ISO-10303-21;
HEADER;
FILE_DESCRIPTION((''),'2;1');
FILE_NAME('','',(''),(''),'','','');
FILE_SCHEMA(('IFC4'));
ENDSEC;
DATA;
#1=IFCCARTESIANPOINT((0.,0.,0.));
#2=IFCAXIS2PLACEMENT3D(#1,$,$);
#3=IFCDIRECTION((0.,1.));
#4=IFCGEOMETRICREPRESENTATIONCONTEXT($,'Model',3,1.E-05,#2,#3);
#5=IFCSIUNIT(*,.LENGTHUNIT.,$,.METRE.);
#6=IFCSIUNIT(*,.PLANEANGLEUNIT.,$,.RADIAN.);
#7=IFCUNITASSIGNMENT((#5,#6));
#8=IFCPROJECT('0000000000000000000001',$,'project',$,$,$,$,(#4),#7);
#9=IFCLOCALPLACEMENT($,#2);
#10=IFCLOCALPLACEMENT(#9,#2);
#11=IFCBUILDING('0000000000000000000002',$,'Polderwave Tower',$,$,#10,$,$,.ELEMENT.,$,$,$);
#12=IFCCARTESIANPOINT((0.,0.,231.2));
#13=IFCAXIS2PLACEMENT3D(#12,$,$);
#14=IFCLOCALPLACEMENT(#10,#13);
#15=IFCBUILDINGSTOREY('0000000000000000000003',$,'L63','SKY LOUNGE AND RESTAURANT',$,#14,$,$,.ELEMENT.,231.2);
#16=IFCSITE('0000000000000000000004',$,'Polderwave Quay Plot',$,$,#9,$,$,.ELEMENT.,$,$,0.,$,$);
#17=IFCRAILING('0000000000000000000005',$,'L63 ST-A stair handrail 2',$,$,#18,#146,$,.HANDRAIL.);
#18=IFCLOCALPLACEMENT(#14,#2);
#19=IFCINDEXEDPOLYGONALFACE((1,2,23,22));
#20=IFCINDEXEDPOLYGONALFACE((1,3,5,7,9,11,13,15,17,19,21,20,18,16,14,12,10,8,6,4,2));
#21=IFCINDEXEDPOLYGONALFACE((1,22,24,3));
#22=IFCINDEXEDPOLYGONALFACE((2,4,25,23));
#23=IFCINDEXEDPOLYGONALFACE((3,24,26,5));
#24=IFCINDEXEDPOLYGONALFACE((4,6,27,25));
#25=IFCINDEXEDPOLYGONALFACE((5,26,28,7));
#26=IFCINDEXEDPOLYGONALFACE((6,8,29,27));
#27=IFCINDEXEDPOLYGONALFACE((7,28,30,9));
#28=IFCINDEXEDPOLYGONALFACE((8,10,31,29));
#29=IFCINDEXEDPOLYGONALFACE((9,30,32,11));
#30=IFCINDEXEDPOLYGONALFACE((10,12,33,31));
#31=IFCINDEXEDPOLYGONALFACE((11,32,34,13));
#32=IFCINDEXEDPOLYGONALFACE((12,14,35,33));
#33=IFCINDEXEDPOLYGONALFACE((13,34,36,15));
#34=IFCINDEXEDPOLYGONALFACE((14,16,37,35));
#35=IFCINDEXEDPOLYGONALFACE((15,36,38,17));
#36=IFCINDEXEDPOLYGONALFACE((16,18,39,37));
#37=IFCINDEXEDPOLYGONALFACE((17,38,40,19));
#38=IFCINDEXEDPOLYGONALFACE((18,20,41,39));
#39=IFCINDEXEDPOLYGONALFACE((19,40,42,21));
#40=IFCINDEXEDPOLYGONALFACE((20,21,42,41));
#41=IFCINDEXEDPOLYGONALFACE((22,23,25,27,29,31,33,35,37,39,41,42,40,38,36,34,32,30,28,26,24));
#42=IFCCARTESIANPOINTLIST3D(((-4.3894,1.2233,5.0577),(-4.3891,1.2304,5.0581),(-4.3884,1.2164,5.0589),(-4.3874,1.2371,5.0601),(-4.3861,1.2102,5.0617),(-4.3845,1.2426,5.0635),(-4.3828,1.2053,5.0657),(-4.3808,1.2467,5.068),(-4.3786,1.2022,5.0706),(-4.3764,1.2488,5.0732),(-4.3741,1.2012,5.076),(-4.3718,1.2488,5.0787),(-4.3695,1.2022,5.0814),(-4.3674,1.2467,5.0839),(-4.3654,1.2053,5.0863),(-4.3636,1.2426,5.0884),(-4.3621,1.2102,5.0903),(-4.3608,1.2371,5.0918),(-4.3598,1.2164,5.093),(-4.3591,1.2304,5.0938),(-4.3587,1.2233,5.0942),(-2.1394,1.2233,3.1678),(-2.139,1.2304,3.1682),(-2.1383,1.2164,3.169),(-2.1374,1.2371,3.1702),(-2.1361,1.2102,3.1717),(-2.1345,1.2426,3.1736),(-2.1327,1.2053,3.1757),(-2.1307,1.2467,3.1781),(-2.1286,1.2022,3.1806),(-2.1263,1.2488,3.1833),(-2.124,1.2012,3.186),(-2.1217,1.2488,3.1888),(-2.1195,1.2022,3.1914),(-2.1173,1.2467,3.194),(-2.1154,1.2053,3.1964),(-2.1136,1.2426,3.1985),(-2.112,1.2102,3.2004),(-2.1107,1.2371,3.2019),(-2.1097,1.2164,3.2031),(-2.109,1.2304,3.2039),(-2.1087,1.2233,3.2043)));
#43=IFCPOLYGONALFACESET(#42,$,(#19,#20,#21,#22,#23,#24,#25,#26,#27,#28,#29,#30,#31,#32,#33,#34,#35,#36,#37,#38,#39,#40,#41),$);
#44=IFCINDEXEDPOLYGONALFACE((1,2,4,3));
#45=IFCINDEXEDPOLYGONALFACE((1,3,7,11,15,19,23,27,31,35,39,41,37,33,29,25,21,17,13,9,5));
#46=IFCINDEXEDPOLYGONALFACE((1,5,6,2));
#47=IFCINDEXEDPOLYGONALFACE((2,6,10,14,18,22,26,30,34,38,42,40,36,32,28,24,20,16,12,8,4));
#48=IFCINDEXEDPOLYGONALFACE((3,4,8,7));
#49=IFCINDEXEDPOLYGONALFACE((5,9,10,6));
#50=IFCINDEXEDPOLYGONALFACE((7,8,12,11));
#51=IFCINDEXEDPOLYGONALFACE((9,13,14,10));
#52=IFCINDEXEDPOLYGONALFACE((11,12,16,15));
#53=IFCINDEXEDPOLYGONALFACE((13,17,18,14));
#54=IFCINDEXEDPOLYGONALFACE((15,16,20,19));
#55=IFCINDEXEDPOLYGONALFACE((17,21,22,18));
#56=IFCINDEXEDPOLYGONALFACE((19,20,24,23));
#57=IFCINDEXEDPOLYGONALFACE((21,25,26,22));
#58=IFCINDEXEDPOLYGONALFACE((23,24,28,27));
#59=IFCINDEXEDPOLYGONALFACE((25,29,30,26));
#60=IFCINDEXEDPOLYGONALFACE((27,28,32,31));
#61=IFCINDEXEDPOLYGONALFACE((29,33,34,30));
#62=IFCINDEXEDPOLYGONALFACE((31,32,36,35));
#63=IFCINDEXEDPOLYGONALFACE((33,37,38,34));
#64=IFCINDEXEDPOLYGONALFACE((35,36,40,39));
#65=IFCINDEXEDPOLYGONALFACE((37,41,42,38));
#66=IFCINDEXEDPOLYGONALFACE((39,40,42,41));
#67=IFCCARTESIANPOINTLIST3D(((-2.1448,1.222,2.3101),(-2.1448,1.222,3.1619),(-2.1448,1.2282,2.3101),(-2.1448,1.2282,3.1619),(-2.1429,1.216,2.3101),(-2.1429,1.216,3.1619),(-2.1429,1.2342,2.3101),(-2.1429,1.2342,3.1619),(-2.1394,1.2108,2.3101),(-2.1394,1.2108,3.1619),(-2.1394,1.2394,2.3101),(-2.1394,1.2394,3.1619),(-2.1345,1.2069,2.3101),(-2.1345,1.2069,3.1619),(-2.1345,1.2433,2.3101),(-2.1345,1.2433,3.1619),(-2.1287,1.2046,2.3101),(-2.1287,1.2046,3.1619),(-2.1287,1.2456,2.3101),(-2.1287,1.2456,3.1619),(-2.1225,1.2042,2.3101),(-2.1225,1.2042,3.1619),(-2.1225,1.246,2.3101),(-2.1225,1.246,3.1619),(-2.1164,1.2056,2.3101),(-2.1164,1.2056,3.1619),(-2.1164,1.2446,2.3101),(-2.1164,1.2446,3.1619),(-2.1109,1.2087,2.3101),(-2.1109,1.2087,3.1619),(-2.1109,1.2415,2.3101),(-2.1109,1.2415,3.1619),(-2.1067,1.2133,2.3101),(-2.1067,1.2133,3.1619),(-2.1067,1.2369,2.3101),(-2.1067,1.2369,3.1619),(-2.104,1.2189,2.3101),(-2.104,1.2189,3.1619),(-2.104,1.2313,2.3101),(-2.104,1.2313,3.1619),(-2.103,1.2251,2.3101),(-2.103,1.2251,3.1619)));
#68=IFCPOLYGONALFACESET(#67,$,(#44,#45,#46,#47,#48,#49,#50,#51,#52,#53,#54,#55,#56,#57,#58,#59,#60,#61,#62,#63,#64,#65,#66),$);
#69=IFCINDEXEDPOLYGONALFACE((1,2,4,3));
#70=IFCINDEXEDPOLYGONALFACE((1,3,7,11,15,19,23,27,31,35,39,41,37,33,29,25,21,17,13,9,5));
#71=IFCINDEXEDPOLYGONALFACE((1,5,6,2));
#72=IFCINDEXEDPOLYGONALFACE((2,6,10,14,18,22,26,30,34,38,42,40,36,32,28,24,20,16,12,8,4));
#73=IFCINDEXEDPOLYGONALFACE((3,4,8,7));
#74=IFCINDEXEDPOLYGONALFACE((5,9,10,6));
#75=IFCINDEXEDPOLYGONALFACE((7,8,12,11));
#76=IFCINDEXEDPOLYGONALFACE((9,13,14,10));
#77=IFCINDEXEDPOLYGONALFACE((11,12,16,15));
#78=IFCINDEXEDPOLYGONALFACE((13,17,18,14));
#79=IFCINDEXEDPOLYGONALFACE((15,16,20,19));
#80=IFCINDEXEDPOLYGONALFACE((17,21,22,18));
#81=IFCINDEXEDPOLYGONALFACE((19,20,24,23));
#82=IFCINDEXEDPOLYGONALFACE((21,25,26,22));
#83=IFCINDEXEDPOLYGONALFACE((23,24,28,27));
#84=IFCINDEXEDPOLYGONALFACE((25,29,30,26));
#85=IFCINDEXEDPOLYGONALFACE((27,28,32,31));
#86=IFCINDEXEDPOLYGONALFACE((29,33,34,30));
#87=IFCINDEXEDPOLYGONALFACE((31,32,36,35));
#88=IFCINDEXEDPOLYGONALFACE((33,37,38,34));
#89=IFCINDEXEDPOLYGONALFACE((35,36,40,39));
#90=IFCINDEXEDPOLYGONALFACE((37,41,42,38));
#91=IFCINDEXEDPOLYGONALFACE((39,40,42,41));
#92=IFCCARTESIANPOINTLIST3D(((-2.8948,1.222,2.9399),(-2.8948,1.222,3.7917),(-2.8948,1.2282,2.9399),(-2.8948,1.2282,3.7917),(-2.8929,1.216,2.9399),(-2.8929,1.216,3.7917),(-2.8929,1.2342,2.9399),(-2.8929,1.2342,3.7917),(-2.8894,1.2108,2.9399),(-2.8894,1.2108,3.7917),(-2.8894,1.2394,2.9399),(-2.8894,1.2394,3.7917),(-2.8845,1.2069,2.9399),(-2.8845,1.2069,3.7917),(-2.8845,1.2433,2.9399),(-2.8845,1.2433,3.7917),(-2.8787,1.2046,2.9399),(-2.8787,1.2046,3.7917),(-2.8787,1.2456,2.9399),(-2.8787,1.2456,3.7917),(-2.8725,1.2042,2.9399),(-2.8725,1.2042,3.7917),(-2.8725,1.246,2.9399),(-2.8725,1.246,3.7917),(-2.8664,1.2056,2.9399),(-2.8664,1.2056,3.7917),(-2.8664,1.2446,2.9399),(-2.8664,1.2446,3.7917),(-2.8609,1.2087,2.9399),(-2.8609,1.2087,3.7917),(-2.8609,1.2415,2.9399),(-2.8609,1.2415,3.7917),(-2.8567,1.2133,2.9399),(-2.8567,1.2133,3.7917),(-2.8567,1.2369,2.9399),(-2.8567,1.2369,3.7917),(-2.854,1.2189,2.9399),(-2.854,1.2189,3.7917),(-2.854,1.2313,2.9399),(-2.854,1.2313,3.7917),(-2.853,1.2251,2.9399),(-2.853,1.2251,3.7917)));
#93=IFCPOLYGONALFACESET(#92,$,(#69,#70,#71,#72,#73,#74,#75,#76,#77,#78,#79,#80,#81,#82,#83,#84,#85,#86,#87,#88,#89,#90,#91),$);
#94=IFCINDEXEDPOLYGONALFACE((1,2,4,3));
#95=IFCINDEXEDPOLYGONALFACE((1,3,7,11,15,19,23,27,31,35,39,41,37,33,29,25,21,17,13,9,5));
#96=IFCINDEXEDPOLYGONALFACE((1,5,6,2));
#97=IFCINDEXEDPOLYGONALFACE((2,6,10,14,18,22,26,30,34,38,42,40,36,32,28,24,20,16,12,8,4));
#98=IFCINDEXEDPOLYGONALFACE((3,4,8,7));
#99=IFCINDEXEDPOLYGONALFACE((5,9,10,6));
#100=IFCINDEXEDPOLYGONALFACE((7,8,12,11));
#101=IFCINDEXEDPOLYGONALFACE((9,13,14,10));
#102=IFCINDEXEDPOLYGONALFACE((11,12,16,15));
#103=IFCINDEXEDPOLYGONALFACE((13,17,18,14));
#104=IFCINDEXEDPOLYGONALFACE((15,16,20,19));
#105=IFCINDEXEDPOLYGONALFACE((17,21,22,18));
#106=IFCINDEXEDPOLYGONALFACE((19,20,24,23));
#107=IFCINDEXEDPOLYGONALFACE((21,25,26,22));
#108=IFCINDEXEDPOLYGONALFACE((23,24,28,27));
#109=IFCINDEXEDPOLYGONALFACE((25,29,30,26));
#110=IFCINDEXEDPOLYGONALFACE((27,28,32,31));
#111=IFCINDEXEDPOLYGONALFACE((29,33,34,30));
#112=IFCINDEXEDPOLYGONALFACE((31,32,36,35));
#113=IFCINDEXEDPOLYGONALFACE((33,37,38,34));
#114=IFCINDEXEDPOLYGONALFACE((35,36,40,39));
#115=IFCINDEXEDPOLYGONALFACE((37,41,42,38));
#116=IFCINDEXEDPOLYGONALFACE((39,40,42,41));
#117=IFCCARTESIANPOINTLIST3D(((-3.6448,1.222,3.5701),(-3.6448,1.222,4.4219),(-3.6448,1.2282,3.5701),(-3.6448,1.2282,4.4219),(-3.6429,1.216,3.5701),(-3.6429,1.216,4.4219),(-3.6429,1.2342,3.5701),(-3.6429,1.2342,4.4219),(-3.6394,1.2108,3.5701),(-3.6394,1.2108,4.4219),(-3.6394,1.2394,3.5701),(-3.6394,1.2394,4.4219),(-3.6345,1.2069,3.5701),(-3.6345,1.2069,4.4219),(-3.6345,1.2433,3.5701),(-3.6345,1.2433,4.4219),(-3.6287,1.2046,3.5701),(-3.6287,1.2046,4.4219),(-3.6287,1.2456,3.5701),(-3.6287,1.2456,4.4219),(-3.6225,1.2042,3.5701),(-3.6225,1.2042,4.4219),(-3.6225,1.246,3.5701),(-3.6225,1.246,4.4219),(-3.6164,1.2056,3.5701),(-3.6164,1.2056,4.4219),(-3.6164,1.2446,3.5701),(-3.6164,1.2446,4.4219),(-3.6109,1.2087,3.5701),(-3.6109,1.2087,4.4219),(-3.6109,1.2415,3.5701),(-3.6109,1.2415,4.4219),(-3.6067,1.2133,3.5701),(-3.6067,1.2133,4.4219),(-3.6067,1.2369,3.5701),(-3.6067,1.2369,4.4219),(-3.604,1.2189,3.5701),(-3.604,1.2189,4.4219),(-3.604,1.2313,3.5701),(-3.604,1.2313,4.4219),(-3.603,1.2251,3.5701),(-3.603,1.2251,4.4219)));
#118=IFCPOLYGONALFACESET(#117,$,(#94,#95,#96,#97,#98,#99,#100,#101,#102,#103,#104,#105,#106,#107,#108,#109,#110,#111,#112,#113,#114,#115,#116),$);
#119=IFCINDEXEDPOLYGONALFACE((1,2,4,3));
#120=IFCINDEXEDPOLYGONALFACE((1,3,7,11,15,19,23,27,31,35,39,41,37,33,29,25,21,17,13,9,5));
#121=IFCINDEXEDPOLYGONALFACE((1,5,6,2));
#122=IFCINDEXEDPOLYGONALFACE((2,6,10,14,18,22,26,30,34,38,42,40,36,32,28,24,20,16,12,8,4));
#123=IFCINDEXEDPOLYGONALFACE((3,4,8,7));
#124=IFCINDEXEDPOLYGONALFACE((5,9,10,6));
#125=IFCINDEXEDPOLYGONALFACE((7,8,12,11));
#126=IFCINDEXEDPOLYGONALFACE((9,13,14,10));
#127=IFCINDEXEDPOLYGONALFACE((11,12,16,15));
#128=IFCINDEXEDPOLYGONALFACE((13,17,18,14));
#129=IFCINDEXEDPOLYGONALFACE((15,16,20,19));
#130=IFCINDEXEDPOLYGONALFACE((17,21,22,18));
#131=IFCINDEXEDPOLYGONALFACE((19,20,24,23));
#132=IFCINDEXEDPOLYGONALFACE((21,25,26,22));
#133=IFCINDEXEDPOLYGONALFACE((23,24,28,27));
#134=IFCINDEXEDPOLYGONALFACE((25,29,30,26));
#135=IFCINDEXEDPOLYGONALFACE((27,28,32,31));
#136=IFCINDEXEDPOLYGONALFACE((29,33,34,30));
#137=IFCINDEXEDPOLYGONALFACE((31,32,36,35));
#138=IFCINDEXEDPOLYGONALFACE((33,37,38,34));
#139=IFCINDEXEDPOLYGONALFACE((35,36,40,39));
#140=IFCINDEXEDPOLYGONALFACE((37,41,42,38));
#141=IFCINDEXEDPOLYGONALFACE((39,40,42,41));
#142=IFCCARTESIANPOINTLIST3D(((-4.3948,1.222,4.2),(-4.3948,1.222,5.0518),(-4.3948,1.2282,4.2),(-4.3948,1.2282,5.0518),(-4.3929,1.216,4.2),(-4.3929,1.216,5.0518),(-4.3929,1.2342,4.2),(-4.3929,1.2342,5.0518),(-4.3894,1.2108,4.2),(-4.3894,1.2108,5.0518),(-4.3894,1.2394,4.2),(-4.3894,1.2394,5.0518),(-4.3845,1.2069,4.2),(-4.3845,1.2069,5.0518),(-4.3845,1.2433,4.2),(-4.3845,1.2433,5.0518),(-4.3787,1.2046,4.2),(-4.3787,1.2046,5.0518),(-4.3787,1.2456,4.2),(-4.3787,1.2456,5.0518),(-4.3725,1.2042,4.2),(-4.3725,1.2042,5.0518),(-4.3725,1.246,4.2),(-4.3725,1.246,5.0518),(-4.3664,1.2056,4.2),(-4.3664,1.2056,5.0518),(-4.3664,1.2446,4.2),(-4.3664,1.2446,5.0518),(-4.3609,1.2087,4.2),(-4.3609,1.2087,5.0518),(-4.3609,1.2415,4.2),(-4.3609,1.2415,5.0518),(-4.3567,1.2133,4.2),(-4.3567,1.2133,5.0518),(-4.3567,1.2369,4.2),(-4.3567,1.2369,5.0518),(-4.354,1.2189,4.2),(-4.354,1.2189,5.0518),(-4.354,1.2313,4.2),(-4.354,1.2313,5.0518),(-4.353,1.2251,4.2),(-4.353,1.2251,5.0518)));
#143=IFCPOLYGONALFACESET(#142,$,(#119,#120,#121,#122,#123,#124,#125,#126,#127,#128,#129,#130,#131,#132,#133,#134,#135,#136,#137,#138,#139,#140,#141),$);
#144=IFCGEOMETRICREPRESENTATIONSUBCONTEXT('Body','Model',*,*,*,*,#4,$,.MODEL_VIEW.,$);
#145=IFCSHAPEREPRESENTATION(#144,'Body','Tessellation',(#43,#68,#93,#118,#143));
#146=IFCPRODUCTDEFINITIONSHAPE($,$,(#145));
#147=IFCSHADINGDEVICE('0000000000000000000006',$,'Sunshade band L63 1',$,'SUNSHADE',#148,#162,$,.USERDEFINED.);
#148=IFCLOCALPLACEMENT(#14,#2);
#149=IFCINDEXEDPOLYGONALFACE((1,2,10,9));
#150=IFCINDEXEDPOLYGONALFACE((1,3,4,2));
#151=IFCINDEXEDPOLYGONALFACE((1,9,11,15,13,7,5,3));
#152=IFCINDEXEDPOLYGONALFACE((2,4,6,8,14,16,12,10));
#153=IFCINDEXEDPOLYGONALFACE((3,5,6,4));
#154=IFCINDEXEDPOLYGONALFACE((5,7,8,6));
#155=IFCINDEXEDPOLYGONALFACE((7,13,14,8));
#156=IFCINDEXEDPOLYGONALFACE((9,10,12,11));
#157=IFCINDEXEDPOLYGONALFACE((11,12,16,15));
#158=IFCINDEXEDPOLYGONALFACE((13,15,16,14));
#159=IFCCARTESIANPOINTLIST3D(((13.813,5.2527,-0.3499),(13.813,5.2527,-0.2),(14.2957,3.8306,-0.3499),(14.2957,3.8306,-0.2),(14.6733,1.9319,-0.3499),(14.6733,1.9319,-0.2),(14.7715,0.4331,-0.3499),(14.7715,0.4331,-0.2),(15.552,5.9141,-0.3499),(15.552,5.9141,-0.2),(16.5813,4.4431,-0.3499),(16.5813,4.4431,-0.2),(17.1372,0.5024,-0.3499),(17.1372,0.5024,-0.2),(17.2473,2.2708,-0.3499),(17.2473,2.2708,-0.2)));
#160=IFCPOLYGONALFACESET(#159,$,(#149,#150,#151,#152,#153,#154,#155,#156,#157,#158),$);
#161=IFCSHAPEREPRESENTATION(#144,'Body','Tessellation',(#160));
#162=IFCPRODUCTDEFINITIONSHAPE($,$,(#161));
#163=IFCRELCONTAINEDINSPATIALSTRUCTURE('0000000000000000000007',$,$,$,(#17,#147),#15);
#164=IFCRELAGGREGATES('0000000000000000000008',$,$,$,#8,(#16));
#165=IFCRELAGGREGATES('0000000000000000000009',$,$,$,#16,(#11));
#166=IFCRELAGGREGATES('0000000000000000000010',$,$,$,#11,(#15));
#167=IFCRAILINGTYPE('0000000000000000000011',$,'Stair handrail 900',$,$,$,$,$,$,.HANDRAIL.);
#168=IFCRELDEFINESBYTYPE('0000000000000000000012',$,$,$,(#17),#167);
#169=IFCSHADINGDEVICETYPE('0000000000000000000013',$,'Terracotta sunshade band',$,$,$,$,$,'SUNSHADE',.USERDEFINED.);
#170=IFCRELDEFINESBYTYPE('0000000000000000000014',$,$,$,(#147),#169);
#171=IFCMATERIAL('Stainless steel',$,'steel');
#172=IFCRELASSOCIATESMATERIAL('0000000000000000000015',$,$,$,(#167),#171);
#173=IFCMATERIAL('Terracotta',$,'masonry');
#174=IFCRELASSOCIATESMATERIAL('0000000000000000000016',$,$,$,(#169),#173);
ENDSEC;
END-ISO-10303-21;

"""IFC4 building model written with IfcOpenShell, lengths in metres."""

from ifc_helpers import new_model, si_unit, direction, frame, origin, origin_2d, place, context, subcontext, project, spatial, polyline, circle, outline, extrude, material, type_object, element, save


model = new_model("IFC4")

# Units and contexts
model_context = context("Model", 3, precision=1e-05, world=origin(), true_north=direction((0.0, 1.0)))
body_context = subcontext(model_context, "Body", "Model", "MODEL_VIEW")
ifc_project = project(units=[si_unit("LENGTHUNIT", "METRE"), si_unit("PLANEANGLEUNIT", "RADIAN")], contexts=[model_context])

# Site, building, storey
site_placement = place(None, origin())
site = spatial("IfcSite", under=ifc_project, at=site_placement, Name="Polderwave Quay Plot", CompositionType="ELEMENT", RefElevation=0.0)
building_placement = place(site_placement, origin())
building = spatial("IfcBuilding", under=site, at=building_placement, Name="Polderwave Tower", CompositionType="ELEMENT")
storey_placement = place(building_placement, frame((0.0, 0.0, 231.2)))
storey = spatial("IfcBuildingStorey", under=building, at=storey_placement, Name="L63", Description="SKY LOUNGE AND RESTAURANT", CompositionType="ELEMENT", Elevation=231.2)

# Shared definitions
ifc_material_1 = material(Name="Stainless steel", Category="steel")

# Railing
railing_type_1 = type_object("IfcRailingType", Name="Stair handrail 900", PredefinedType="HANDRAIL", material=ifc_material_1)
railing_1_placement = place(storey_placement, frame((-2.124, 1.2251, 2.3101)))
element("IfcRailing", 1, at=railing_1_placement, inside=storey, type_object=railing_type_1, Name="L63 ST-A stair handrail 2", PredefinedType="HANDRAIL", context=body_context, shape_type="SweptSolid", body=[
    extrude(circle(Radius=0.0239, at=origin_2d()), frame((0.0, 0.0, 0.876), z_axis=(-0.765723, 0.0, 0.643171), x_axis=(0.0, -1.0, 0.0)), (0.0, 0.0, 1.0), 2.9385),
    extrude(circle(Radius=0.021, at=origin_2d()), origin(), (0.0, 0.0, 1.0), 0.8518),
    extrude(circle(Radius=0.021, at=origin_2d()), frame((-0.75, 0.0, 0.6299)), (0.0, 0.0, 1.0), 0.8518),
    extrude(circle(Radius=0.021, at=origin_2d()), frame((-1.5, 0.0, 1.26)), (0.0, 0.0, 1.0), 0.8518),
    extrude(circle(Radius=0.021, at=origin_2d()), frame((-2.25, 0.0, 1.8899)), (0.0, 0.0, 1.0), 0.8518),
])

# Shading device
ifc_material_2 = material(Name="Terracotta", Category="masonry")
shading_device_type = type_object("IfcShadingDeviceType", Name="Terracotta sunshade band", ElementType="SUNSHADE", PredefinedType="USERDEFINED", material=ifc_material_2)
shading_device_placement = place(storey_placement, frame((0.0, 0.0, -0.3499)))
element("IfcShadingDevice", 2, at=shading_device_placement, inside=storey, type_object=shading_device_type, Name="Sunshade band L63 1", ObjectType="SUNSHADE", PredefinedType="USERDEFINED", context=body_context, shape_type="SweptSolid", body=[
    extrude(outline(polyline([(14.7715, 0.4331), (14.6733, 1.9319), (14.2957, 3.8306), (13.813, 5.2527), (15.552, 5.9141), (16.5813, 4.4431), (17.2473, 2.2708), (17.1372, 0.5024), (14.7715, 0.4331)])), origin(), (0.0, 0.0, 1.0), 0.1499),
])

save(model, "model.ifc")
